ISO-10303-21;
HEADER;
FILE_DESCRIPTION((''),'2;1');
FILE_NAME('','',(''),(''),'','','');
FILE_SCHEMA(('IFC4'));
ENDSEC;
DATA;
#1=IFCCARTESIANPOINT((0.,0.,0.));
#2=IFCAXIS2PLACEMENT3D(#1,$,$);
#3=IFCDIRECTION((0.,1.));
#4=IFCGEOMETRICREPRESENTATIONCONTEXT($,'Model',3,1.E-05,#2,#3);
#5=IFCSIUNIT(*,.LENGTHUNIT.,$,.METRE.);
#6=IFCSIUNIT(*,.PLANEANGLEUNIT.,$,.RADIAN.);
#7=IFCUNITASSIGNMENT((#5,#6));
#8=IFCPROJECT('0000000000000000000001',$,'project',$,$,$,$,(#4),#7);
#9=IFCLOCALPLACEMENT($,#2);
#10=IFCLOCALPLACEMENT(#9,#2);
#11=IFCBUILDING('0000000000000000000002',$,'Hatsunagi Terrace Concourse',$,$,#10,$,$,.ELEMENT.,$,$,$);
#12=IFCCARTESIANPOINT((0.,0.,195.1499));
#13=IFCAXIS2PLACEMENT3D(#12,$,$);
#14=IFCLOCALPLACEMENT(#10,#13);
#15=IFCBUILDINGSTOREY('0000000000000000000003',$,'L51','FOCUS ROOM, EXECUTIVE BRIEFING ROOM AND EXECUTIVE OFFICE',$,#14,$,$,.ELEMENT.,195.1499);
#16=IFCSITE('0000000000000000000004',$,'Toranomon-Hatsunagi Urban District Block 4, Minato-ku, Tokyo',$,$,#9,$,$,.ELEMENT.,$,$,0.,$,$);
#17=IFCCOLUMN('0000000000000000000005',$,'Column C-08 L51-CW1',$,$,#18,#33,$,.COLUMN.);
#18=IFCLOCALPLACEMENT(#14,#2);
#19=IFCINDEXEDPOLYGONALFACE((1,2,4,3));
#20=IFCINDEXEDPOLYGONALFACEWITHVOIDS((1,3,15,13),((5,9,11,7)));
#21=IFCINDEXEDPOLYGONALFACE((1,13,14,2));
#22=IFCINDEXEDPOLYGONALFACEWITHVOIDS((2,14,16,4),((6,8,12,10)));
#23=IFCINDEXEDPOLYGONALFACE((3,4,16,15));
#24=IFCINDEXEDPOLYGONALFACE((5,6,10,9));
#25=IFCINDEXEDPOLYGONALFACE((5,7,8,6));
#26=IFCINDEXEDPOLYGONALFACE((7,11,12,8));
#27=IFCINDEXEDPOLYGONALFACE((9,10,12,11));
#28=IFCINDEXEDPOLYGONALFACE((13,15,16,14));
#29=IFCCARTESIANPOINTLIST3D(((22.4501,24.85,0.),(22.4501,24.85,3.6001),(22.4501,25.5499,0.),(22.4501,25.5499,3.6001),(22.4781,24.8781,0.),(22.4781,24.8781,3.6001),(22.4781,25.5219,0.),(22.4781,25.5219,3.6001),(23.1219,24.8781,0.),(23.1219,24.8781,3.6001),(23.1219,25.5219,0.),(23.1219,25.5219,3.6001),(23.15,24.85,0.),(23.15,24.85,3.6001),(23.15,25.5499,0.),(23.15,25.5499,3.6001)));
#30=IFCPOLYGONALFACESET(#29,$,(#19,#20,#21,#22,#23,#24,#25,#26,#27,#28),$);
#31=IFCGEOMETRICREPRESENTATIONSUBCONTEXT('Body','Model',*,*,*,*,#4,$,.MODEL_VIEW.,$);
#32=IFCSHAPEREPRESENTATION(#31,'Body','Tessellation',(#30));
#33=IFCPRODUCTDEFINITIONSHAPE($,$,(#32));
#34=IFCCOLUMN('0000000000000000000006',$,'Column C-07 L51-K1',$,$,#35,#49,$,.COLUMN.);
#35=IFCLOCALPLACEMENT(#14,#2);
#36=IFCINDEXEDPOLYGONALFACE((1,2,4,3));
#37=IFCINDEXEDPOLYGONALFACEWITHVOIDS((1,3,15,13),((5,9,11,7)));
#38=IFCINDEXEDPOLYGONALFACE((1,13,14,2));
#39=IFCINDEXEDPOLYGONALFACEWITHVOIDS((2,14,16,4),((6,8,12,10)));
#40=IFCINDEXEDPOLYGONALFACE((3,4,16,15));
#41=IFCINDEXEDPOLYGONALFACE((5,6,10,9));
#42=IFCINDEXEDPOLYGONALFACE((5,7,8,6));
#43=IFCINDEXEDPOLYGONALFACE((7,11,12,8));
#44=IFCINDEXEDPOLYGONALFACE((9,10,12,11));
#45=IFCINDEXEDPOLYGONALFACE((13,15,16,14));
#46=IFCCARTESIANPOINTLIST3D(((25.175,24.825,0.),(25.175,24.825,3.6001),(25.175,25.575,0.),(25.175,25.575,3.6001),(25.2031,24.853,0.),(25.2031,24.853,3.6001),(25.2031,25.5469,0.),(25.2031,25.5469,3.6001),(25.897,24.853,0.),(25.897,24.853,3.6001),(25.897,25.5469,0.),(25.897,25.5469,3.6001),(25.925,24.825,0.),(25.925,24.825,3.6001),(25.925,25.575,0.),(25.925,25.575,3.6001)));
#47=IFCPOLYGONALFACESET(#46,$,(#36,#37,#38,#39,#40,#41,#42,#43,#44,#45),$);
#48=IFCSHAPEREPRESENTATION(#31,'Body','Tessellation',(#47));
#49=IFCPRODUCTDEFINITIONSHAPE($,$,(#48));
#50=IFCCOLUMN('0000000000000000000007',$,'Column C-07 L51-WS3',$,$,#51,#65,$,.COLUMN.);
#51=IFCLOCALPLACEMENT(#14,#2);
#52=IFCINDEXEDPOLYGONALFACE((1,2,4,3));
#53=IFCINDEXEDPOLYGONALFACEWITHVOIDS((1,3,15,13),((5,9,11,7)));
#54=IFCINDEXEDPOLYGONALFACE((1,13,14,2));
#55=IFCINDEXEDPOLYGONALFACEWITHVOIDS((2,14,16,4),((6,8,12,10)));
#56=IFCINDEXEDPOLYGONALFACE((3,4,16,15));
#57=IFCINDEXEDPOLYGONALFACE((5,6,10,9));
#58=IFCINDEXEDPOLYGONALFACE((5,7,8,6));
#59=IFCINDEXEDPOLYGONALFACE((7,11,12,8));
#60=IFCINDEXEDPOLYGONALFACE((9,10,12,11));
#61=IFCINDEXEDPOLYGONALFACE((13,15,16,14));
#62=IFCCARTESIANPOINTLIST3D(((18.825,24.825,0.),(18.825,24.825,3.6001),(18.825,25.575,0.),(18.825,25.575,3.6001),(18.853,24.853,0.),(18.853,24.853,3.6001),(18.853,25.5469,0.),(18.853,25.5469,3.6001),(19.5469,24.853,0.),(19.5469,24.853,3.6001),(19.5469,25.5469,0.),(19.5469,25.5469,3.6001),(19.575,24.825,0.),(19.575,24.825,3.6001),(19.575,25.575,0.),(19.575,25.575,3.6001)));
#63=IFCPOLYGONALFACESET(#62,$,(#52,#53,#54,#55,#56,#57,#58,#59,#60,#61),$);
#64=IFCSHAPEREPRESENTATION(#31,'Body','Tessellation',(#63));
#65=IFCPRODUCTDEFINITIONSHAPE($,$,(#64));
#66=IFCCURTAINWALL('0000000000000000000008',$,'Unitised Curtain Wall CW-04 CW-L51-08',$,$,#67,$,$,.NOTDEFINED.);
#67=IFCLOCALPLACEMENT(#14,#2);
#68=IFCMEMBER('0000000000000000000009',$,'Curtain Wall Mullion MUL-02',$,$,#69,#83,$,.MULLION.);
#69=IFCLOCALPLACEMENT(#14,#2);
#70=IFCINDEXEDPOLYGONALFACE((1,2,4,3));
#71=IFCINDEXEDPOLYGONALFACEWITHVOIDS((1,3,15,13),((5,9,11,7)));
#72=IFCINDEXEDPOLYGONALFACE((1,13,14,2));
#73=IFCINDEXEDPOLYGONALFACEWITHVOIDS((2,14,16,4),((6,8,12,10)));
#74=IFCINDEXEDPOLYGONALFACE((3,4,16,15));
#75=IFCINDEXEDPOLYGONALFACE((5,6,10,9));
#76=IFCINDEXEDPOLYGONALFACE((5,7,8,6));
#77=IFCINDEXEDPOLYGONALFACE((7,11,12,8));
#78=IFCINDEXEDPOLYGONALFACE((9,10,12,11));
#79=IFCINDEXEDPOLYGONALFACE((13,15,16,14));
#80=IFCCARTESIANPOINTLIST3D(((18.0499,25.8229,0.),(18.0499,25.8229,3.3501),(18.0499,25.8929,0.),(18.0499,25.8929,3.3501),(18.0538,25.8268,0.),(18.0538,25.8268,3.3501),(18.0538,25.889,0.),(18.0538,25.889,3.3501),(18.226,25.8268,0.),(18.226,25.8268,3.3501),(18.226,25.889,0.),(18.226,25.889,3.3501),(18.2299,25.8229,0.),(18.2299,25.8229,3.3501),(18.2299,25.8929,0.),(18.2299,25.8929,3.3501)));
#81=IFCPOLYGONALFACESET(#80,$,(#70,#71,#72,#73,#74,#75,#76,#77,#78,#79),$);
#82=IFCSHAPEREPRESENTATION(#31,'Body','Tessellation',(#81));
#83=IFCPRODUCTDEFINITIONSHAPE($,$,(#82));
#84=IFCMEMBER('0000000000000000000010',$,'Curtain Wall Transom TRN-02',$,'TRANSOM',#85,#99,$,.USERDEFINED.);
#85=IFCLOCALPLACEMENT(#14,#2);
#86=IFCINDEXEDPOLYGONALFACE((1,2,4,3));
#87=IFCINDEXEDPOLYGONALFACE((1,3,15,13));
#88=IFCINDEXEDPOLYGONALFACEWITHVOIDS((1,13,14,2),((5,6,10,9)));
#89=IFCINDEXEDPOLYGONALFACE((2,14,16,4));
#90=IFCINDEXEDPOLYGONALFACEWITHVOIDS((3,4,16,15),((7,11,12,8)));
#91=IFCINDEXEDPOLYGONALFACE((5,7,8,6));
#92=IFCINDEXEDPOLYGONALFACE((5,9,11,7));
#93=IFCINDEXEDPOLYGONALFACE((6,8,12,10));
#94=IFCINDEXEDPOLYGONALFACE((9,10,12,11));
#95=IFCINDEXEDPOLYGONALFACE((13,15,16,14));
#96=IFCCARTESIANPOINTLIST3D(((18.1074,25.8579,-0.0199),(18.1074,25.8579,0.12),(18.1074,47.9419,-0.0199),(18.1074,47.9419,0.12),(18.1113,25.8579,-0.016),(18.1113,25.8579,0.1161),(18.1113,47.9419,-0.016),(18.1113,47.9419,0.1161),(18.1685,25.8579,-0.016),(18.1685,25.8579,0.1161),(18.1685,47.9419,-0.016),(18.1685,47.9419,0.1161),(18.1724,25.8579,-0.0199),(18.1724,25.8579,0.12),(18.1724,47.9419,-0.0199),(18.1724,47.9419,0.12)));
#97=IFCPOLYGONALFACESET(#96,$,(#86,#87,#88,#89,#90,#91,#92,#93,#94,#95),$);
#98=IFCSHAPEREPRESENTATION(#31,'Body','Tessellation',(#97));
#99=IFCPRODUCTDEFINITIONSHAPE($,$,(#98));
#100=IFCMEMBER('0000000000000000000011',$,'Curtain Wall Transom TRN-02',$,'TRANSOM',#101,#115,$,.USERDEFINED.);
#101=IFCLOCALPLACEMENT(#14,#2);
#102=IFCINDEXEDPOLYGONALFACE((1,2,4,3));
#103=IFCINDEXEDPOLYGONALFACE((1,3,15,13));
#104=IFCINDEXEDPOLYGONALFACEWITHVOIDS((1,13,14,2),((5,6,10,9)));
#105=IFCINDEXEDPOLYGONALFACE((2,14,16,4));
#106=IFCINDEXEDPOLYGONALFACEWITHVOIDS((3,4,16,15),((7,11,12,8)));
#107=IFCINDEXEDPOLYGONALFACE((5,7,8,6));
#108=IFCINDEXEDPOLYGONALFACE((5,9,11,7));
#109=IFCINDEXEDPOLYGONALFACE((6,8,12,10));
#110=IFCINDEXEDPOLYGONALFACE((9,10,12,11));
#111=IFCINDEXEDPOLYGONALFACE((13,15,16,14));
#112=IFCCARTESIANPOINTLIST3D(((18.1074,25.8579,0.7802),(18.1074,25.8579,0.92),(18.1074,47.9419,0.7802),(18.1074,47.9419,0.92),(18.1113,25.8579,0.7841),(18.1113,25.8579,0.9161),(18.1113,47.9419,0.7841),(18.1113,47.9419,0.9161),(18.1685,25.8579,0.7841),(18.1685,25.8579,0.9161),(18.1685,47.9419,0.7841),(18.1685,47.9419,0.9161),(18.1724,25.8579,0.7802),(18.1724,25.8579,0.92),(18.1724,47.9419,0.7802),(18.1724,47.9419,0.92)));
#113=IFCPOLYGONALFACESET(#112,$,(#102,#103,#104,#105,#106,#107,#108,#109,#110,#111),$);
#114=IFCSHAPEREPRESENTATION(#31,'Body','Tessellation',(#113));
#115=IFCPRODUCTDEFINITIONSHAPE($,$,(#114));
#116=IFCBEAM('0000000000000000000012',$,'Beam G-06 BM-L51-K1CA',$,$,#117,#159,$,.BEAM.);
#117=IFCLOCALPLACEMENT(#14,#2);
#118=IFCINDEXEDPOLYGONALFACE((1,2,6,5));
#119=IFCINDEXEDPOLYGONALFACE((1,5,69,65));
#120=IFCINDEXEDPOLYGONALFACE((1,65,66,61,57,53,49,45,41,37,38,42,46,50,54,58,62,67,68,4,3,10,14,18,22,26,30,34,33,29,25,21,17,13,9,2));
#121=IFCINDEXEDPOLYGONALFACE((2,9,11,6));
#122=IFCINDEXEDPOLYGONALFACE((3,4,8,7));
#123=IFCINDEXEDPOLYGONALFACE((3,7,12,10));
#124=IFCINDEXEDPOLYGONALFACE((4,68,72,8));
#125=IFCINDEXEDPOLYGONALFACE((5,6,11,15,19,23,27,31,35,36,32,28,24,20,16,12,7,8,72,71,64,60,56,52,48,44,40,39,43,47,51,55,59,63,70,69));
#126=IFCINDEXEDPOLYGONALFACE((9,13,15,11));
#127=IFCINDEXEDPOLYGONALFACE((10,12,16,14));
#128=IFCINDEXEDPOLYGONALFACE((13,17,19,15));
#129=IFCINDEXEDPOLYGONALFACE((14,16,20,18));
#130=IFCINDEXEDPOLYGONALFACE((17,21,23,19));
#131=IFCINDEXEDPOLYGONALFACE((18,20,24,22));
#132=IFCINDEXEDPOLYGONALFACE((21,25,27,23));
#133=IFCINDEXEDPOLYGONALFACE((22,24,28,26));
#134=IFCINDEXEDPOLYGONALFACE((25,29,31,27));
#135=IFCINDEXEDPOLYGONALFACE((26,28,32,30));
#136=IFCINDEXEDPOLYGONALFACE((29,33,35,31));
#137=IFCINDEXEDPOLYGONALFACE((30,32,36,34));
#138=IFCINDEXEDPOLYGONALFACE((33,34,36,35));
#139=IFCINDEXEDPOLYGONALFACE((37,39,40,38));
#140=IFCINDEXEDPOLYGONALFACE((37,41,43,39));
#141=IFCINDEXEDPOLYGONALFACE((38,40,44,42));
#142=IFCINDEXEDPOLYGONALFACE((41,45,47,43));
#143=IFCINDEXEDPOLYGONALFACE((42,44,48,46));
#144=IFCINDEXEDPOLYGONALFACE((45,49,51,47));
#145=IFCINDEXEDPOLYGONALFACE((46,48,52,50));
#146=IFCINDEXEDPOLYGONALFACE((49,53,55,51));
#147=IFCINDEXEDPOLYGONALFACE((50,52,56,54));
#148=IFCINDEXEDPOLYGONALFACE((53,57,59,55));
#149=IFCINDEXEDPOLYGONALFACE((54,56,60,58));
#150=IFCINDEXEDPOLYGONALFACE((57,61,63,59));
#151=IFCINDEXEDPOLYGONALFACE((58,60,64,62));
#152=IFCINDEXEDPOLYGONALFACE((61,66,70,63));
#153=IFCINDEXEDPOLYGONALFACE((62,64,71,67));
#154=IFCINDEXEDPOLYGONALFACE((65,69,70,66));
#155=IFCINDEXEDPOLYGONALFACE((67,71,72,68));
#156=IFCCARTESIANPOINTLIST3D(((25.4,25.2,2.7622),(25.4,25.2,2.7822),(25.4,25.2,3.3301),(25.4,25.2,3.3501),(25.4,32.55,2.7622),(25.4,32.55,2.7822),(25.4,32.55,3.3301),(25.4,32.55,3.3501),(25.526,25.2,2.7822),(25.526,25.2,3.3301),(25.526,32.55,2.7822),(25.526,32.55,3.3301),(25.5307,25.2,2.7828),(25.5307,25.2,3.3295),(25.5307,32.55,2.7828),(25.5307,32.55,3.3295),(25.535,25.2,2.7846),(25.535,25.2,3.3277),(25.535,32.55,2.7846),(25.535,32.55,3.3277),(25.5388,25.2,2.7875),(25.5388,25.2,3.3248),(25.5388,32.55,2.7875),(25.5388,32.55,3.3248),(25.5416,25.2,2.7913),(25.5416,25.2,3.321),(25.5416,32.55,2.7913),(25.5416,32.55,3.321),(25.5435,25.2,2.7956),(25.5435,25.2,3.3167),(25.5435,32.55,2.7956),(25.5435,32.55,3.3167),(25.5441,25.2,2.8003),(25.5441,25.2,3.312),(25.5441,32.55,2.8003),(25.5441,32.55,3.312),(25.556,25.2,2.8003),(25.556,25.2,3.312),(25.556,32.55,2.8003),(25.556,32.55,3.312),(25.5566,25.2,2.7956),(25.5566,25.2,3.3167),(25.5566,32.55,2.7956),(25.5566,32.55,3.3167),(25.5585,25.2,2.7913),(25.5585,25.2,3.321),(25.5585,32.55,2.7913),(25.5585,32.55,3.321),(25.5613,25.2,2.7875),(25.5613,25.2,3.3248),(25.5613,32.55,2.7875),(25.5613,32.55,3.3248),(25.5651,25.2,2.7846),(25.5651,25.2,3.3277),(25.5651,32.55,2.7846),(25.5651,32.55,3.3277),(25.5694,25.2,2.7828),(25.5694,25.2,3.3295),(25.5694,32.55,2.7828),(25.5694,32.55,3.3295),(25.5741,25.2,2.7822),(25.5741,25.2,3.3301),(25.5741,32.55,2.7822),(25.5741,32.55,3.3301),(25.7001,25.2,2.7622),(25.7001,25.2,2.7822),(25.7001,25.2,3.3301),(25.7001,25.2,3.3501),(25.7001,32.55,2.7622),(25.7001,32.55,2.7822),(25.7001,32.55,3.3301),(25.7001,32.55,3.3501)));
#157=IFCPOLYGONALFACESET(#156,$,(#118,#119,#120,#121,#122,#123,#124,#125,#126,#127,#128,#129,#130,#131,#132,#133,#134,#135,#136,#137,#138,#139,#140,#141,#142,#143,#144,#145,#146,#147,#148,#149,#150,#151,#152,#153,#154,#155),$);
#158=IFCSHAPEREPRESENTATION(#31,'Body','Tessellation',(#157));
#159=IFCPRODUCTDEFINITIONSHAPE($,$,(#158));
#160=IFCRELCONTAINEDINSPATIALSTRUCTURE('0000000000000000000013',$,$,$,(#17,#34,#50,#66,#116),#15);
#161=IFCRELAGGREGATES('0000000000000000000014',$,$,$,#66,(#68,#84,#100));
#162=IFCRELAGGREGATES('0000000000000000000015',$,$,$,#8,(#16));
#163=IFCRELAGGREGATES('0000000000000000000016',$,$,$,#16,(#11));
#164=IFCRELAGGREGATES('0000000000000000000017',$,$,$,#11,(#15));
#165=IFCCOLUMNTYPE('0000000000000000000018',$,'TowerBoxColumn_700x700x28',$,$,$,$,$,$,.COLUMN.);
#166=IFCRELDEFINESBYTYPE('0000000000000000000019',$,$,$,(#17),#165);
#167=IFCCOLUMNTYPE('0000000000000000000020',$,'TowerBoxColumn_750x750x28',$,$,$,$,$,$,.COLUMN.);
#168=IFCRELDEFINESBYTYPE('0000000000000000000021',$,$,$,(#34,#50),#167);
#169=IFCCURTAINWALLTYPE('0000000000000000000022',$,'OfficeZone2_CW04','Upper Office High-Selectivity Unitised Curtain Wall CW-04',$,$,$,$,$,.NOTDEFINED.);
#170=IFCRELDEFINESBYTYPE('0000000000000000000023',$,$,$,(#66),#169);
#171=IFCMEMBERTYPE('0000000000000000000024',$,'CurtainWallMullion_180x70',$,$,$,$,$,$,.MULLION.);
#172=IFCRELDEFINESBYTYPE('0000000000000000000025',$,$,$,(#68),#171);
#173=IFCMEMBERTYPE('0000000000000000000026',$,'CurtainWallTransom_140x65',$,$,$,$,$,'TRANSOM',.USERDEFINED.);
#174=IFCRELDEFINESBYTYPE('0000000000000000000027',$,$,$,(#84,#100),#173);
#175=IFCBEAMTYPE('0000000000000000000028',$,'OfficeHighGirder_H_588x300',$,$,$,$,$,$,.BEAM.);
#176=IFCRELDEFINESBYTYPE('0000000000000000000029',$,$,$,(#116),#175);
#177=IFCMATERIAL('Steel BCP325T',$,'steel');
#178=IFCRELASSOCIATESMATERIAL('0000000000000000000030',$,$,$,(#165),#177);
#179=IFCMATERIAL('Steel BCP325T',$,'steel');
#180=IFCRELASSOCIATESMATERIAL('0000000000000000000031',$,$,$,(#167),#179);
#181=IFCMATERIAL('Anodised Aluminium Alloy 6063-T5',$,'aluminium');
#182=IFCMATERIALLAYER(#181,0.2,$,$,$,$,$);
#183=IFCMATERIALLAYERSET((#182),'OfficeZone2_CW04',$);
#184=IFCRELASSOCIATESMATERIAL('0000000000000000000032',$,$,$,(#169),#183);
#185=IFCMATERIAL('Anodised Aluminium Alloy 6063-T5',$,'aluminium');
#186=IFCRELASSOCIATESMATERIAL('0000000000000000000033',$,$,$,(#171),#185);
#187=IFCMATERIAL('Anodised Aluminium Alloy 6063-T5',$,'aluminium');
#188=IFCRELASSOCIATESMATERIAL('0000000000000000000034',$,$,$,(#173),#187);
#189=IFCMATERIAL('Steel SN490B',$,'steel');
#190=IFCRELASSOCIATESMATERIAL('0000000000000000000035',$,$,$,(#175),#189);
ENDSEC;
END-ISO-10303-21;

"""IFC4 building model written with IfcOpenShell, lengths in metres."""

from ifc_helpers import new_model, si_unit, direction, frame, origin, origin_2d, place, context, subcontext, project, spatial, hollow_rectangle, i_section, extrude, material, layer, layer_set, material_profile, profile_set, type_object, element, aggregate, save


model = new_model("IFC4")

# Units and contexts
model_context = context("Model", 3, precision=1e-05, world=origin(), true_north=direction((0.0, 1.0)))
body_context = subcontext(model_context, "Body", "Model", "MODEL_VIEW")
ifc_project = project(units=[si_unit("LENGTHUNIT", "METRE"), si_unit("PLANEANGLEUNIT", "RADIAN")], contexts=[model_context])

# Site, building, storey
site_placement = place(None, origin())
site = spatial("IfcSite", under=ifc_project, at=site_placement, Name="Toranomon-Hatsunagi Urban District Block 4, Minato-ku, Tokyo", CompositionType="ELEMENT", RefElevation=0.0)
building_placement = place(site_placement, origin())
building = spatial("IfcBuilding", under=site, at=building_placement, Name="Hatsunagi Terrace Concourse", CompositionType="ELEMENT")
storey_placement = place(building_placement, frame((0.0, 0.0, 195.1499)))
storey = spatial("IfcBuildingStorey", under=building, at=storey_placement, Name="L51", Description="FOCUS ROOM, EXECUTIVE BRIEFING ROOM AND EXECUTIVE OFFICE", CompositionType="ELEMENT", Elevation=195.1499)

# Columns
ifc_material_1 = material(Name="Steel BCP325T", Category="steel")
ifc_material_profile_1 = material_profile(ifc_material_1, hollow_rectangle(XDim=0.7, YDim=0.7, WallThickness=0.0281, at=origin_2d()), Name="BCP-700x700x28")
ifc_profile_set_1 = profile_set([ifc_material_profile_1], Name="Steel BCP325T")
column_type_1 = type_object("IfcColumnType", Name="TowerBoxColumn_700x700x28", PredefinedType="COLUMN", material=ifc_profile_set_1)
column_placement = place(storey_placement, frame((22.8, 25.2, 0.0), z_axis=(0.0, 0.0, 1.0), x_axis=(1.0, 0.0, 0.0)))
element("IfcColumn", 1, at=column_placement, inside=storey, type_object=column_type_1, Name="Column C-08 L51-CW1", PredefinedType="COLUMN", context=body_context, shape_type="SweptSolid", body=[
    extrude(hollow_rectangle(XDim=0.7, YDim=0.7, WallThickness=0.0281, at=origin_2d()), origin(), (0.0, 0.0, 1.0), 3.6001),
])
ifc_material_2 = material(Name="Steel BCP325T", Category="steel")
ifc_material_profile_2 = material_profile(ifc_material_2, hollow_rectangle(XDim=0.75, YDim=0.75, WallThickness=0.0281, at=origin_2d()), Name="BCP-750x750x28")
ifc_profile_set_2 = profile_set([ifc_material_profile_2], Name="Steel BCP325T")
column_type_2 = type_object("IfcColumnType", Name="TowerBoxColumn_750x750x28", PredefinedType="COLUMN", material=ifc_profile_set_2)
for number, where, z_axis, x_axis, name in (
    (2, (25.55, 25.2, 0.0), (0.0, 0.0, 1.0), (1.0, 0.0, 0.0), "Column C-07 L51-K1"),
    (3, (19.2, 25.2, 0.0), (0.0, 0.0, 1.0), (1.0, 0.0, 0.0), "Column C-07 L51-WS3"),
):
    element("IfcColumn", number, at=place(storey_placement, frame(where, z_axis=z_axis, x_axis=x_axis)), inside=storey, type_object=column_type_2, Name=name, PredefinedType="COLUMN", context=body_context, shape_type="SweptSolid", body=[
        extrude(hollow_rectangle(XDim=0.75, YDim=0.75, WallThickness=0.0281, at=origin_2d()), origin(), (0.0, 0.0, 1.0), 3.6001),
    ])

# Curtain wall, members
ifc_material_3 = material(Name="Anodised Aluminium Alloy 6063-T5", Category="aluminium")
ifc_layer_1 = layer(ifc_material_3, 0.2)
ifc_layer_set_1 = layer_set([ifc_layer_1], Name="OfficeZone2_CW04")
curtain_wall_type = type_object("IfcCurtainWallType", Name="OfficeZone2_CW04", Description="Upper Office High-Selectivity Unitised Curtain Wall CW-04", PredefinedType="NOTDEFINED", material=ifc_layer_set_1)
curtain_wall_placement = place(storey_placement, origin())
curtain_wall = element("IfcCurtainWall", 4, at=curtain_wall_placement, inside=storey, type_object=curtain_wall_type, Name="Unitised Curtain Wall CW-04 CW-L51-08", PredefinedType="NOTDEFINED")
ifc_material_4 = material(Name="Anodised Aluminium Alloy 6063-T5", Category="aluminium")
ifc_material_profile_3 = material_profile(ifc_material_4, hollow_rectangle(XDim=0.0701, YDim=0.1799, WallThickness=0.0039, at=origin_2d()), Name="ALU-MUL-180x70x4")
ifc_profile_set_3 = profile_set([ifc_material_profile_3], Name="Anodised Aluminium Alloy 6063-T5")
member_type_1 = type_object("IfcMemberType", Name="CurtainWallMullion_180x70", PredefinedType="MULLION", material=ifc_profile_set_3)
member_1_placement = place(storey_placement, frame((18.1399, 25.8579, 0.0), z_axis=(0.0, 0.0, 1.0), x_axis=(0.0, 1.0, 0.0)))
member_1 = element("IfcMember", 5, at=member_1_placement, type_object=member_type_1, Name="Curtain Wall Mullion MUL-02", PredefinedType="MULLION", context=body_context, shape_type="SweptSolid", body=[
    extrude(hollow_rectangle(XDim=0.0701, YDim=0.1799, WallThickness=0.0039, at=origin_2d()), origin(), (0.0, 0.0, 1.0), 3.3501),
])
ifc_material_5 = material(Name="Anodised Aluminium Alloy 6063-T5", Category="aluminium")
ifc_material_profile_4 = material_profile(ifc_material_5, hollow_rectangle(XDim=0.0649, YDim=0.1399, WallThickness=0.0039, at=origin_2d()), Name="ALU-TRN-140x65x4")
ifc_profile_set_4 = profile_set([ifc_material_profile_4], Name="Anodised Aluminium Alloy 6063-T5")
member_type_2 = type_object("IfcMemberType", Name="CurtainWallTransom_140x65", ElementType="TRANSOM", PredefinedType="USERDEFINED", material=ifc_profile_set_4)
member_2_placement = place(storey_placement, frame((18.1399, 25.8579, 0.05), z_axis=(0.0, 1.0, 0.0), x_axis=(-1.0, 0.0, 0.0)))
member_2 = element("IfcMember", 6, at=member_2_placement, type_object=member_type_2, Name="Curtain Wall Transom TRN-02", ObjectType="TRANSOM", PredefinedType="USERDEFINED", context=body_context, shape_type="SweptSolid", body=[
    extrude(hollow_rectangle(XDim=0.0649, YDim=0.1399, WallThickness=0.0039, at=origin_2d()), origin(), (0.0, 0.0, 1.0), 22.084),
])
member_3_placement = place(storey_placement, frame((18.1399, 25.8579, 0.8501), z_axis=(0.0, 1.0, 0.0), x_axis=(-1.0, 0.0, 0.0)))
member_3 = element("IfcMember", 7, at=member_3_placement, type_object=member_type_2, Name="Curtain Wall Transom TRN-02", ObjectType="TRANSOM", PredefinedType="USERDEFINED", context=body_context, shape_type="SweptSolid", body=[
    extrude(hollow_rectangle(XDim=0.0649, YDim=0.1399, WallThickness=0.0039, at=origin_2d()), origin(), (0.0, 0.0, 1.0), 22.084),
])
aggregate(curtain_wall, [member_1, member_2, member_3])

# Beam
ifc_material_6 = material(Name="Steel SN490B", Category="steel")
ifc_material_profile_5 = material_profile(ifc_material_6, i_section(OverallWidth=0.3, OverallDepth=0.5879, WebThickness=0.012, FlangeThickness=0.02, FilletRadius=0.0181, at=origin_2d()), Name="H-588x300x12x20")
ifc_profile_set_5 = profile_set([ifc_material_profile_5], Name="Steel SN490B")
beam_type_1 = type_object("IfcBeamType", Name="OfficeHighGirder_H_588x300", PredefinedType="BEAM", material=ifc_profile_set_5)
beam_1_placement = place(storey_placement, frame((25.55, 25.2, 3.0562), z_axis=(0.0, 1.0, 0.0), x_axis=(-1.0, 0.0, 0.0)))
element("IfcBeam", 8, at=beam_1_placement, inside=storey, type_object=beam_type_1, Name="Beam G-06 BM-L51-K1CA", PredefinedType="BEAM", context=body_context, shape_type="SweptSolid", body=[
    extrude(i_section(OverallWidth=0.3, OverallDepth=0.5879, WebThickness=0.012, FlangeThickness=0.02, FilletRadius=0.0181, at=origin_2d()), origin(), (0.0, 0.0, 1.0), 7.3501),
])

save(model, "model.ifc")
